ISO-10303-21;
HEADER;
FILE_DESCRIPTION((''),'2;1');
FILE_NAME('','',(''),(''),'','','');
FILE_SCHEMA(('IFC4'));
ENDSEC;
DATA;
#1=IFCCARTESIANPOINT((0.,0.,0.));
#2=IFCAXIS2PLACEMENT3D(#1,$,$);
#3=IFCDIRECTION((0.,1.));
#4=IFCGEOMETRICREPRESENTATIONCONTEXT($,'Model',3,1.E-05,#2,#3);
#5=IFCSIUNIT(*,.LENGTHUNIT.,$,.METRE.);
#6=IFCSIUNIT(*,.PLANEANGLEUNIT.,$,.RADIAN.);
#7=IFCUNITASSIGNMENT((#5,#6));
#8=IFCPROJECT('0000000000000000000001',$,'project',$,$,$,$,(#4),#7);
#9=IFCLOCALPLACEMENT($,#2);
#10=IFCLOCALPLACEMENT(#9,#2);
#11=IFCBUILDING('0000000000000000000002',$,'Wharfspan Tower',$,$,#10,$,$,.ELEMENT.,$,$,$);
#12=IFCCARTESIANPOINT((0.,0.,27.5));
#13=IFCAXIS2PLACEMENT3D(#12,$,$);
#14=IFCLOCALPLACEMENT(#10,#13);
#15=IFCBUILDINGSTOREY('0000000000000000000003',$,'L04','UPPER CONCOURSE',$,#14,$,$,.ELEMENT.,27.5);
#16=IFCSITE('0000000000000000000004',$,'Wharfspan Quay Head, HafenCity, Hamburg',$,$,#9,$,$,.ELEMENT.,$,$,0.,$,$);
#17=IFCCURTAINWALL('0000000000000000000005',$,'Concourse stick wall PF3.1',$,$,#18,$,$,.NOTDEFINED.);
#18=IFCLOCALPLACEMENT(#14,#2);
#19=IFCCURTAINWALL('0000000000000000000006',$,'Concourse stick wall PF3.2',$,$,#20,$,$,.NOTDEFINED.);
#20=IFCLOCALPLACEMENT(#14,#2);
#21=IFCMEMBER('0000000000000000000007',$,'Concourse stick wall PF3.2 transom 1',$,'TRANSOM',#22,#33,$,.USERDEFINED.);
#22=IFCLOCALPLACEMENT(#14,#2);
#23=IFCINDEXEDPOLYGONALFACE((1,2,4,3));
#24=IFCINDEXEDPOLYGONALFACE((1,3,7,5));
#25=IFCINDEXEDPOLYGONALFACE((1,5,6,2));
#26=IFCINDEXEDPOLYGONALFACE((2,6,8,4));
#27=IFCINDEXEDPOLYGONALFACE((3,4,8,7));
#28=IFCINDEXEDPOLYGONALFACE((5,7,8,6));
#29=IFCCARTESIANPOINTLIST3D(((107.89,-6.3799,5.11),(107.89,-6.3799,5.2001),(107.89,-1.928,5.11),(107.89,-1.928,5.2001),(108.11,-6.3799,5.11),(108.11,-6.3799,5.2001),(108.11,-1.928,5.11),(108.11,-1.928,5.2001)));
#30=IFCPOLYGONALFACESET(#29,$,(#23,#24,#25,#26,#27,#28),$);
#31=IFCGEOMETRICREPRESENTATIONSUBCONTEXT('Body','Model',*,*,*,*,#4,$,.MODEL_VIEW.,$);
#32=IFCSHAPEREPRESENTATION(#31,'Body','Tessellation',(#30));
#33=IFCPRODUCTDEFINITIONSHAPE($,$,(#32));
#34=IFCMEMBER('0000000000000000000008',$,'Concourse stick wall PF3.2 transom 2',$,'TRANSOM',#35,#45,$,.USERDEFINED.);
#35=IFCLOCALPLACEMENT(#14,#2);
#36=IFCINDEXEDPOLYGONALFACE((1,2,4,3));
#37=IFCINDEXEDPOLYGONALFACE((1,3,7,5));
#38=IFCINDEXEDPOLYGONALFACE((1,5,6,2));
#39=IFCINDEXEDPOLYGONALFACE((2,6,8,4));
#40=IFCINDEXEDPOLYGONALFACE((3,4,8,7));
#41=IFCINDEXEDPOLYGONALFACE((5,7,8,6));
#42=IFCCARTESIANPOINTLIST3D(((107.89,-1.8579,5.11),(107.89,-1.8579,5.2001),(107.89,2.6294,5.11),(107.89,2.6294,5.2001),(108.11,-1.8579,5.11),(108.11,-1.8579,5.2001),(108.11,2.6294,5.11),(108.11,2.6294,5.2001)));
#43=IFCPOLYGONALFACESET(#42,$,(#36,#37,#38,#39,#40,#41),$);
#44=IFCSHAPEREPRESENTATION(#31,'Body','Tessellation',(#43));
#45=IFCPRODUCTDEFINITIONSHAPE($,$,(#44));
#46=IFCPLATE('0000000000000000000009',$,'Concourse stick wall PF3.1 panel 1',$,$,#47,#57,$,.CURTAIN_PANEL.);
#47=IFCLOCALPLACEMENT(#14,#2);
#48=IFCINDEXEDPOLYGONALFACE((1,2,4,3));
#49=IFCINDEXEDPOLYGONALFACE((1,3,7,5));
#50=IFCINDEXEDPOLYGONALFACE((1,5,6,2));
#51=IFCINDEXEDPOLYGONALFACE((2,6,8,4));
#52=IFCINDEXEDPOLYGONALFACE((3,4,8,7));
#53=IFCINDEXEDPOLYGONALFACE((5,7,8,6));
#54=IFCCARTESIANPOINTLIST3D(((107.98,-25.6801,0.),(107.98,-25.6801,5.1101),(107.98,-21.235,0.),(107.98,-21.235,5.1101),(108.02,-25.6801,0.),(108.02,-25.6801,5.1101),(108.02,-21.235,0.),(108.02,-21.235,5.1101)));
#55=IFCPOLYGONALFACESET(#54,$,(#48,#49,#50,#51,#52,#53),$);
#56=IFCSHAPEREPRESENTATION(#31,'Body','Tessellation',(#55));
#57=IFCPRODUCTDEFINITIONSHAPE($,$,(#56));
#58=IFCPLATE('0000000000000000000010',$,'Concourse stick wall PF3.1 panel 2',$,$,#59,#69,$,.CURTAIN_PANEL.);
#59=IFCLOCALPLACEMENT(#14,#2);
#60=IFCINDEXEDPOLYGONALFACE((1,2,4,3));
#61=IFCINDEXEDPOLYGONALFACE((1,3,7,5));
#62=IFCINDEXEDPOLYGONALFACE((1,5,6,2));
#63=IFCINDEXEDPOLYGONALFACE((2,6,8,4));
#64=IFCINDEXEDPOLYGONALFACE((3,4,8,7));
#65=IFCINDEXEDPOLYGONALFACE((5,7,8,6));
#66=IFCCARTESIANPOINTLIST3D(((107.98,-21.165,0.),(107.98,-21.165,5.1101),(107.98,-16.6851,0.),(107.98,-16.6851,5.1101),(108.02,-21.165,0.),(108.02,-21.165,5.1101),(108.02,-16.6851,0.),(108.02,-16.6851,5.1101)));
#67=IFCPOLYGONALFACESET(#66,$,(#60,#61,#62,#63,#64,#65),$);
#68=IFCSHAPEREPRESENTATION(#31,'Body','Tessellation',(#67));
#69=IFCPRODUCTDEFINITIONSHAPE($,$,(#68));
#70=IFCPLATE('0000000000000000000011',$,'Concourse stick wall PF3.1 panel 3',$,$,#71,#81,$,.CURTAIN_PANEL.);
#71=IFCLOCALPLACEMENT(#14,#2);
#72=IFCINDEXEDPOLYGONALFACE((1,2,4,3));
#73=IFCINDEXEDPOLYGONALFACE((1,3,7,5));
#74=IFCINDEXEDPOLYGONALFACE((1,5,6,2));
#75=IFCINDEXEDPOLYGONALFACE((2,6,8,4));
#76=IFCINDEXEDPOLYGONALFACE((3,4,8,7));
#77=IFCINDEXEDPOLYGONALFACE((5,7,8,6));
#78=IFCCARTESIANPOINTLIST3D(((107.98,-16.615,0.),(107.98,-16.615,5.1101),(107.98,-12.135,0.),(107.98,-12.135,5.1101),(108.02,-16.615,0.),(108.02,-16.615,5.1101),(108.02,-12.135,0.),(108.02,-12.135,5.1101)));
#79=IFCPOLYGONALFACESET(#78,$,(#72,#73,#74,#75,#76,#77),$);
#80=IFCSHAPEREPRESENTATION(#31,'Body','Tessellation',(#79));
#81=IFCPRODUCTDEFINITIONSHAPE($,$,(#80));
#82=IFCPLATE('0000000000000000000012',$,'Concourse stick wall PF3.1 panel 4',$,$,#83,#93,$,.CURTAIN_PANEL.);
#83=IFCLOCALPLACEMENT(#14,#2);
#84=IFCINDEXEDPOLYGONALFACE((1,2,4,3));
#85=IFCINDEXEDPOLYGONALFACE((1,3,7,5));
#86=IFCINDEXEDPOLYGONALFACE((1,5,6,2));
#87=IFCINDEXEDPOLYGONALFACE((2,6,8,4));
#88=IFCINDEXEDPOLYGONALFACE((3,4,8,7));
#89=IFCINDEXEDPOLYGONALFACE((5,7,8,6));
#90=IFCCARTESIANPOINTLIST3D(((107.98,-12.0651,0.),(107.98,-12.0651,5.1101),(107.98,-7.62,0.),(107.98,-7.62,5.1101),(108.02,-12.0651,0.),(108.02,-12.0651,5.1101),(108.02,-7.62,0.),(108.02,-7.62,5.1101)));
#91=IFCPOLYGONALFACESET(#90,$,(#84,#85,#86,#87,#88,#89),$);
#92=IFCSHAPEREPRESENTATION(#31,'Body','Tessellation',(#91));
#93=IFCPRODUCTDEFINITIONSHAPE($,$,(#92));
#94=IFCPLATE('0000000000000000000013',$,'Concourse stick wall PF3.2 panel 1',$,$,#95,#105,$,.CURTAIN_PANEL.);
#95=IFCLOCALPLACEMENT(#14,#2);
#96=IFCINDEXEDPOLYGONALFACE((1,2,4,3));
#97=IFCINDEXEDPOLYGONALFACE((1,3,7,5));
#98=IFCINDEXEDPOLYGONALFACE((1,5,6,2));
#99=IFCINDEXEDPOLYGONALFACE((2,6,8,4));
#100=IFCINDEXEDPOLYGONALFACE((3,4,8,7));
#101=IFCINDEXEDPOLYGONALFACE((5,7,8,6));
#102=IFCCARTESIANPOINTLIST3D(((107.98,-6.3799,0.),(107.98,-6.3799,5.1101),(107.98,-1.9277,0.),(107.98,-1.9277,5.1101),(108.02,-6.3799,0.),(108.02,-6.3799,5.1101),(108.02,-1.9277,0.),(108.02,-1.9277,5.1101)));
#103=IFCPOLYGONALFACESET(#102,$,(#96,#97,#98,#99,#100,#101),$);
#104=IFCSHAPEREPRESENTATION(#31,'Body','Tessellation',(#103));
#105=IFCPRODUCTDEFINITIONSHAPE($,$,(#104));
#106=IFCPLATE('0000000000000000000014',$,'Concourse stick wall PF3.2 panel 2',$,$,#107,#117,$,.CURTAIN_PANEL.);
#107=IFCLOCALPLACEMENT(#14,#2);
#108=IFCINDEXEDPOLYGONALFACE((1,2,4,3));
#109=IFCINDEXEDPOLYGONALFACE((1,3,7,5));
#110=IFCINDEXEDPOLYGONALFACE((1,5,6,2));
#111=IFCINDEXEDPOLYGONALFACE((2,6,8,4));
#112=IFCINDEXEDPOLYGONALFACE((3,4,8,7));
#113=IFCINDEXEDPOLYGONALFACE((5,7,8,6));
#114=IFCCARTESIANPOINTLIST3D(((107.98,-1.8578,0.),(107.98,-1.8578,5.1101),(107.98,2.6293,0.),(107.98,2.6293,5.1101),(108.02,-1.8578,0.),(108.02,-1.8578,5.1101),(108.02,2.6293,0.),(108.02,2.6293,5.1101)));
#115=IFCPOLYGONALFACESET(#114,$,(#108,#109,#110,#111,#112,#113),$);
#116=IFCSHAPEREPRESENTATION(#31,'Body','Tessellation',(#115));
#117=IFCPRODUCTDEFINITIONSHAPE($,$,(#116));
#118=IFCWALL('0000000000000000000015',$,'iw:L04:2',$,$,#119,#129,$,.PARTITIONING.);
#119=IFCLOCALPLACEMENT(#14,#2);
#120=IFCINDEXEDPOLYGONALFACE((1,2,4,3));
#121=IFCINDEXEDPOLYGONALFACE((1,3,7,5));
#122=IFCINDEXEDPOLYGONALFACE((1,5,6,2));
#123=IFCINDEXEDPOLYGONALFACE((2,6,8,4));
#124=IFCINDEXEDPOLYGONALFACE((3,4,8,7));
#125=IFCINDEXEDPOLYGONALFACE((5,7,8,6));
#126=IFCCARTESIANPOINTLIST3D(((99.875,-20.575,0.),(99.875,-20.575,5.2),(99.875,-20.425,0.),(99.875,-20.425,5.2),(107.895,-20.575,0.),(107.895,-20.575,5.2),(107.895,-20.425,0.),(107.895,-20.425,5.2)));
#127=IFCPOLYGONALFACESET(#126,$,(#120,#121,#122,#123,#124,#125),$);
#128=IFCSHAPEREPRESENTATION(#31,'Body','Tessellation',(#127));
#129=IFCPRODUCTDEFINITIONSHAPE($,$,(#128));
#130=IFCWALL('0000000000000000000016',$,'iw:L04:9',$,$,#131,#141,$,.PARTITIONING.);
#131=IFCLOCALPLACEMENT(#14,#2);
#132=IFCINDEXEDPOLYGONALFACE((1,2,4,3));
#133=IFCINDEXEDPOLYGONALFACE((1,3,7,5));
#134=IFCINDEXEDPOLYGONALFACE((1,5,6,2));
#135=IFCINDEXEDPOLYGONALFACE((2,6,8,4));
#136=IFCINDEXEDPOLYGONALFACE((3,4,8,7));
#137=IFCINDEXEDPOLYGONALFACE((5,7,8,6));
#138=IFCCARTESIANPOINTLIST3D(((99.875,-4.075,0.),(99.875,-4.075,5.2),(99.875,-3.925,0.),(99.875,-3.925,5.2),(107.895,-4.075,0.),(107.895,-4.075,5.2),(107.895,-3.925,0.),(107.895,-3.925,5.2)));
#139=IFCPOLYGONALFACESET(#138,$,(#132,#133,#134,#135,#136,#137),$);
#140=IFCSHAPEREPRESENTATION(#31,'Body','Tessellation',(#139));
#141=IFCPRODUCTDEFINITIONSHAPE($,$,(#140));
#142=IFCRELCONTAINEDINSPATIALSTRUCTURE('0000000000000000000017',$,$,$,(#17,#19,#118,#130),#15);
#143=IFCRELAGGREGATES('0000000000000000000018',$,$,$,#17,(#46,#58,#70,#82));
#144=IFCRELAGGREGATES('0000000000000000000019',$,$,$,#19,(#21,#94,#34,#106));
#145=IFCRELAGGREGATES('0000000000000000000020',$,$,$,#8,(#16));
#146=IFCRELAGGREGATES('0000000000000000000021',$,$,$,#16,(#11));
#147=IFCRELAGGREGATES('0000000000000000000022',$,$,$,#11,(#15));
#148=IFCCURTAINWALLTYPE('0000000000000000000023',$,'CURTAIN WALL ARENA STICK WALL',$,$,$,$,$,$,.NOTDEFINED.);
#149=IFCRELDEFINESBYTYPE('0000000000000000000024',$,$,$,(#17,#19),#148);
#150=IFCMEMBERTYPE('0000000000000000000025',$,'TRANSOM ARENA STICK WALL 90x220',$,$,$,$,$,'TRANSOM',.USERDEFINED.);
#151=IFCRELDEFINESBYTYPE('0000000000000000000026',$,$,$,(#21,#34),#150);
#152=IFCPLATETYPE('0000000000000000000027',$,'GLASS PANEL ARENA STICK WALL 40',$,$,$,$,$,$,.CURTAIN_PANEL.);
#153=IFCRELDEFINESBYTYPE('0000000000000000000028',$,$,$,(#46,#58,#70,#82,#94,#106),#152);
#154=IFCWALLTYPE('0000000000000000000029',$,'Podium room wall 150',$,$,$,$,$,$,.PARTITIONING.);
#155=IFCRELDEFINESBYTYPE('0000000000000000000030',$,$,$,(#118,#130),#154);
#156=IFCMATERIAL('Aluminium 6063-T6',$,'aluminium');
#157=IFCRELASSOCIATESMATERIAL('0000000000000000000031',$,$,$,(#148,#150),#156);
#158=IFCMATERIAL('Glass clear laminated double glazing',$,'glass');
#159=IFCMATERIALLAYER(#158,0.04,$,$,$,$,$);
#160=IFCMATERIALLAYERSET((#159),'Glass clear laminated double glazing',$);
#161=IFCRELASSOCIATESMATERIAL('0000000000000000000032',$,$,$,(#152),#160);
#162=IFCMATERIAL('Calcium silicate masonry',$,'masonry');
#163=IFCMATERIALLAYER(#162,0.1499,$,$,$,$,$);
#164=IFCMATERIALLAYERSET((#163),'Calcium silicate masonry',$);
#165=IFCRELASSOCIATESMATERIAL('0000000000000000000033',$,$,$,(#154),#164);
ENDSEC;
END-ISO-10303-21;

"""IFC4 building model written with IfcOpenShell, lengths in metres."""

from ifc_helpers import new_model, si_unit, direction, frame, frame_2d, origin, origin_2d, place, context, subcontext, project, spatial, rectangle, extrude, material, layer, layer_set, material_profile, profile_set, type_object, element, aggregate, save


model = new_model("IFC4")

# Units and contexts
model_context = context("Model", 3, precision=1e-05, world=origin(), true_north=direction((0.0, 1.0)))
body_context = subcontext(model_context, "Body", "Model", "MODEL_VIEW")
ifc_project = project(units=[si_unit("LENGTHUNIT", "METRE"), si_unit("PLANEANGLEUNIT", "RADIAN")], contexts=[model_context])

# Site, building, storey
site_placement = place(None, origin())
site = spatial("IfcSite", under=ifc_project, at=site_placement, Name="Wharfspan Quay Head, HafenCity, Hamburg", CompositionType="ELEMENT", RefElevation=0.0)
building_placement = place(site_placement, origin())
building = spatial("IfcBuilding", under=site, at=building_placement, Name="Wharfspan Tower", CompositionType="ELEMENT")
storey_placement = place(building_placement, frame((0.0, 0.0, 27.5)))
storey = spatial("IfcBuildingStorey", under=building, at=storey_placement, Name="L04", Description="UPPER CONCOURSE", CompositionType="ELEMENT", Elevation=27.5)

# Curtain walls
ifc_material_1 = material(Name="Aluminium 6063-T6", Category="aluminium")
curtain_wall_type = type_object("IfcCurtainWallType", Name="CURTAIN WALL ARENA STICK WALL", PredefinedType="NOTDEFINED", material=ifc_material_1)
curtain_wall_1_placement = place(storey_placement, origin())
curtain_wall_1 = element("IfcCurtainWall", 1, at=curtain_wall_1_placement, inside=storey, type_object=curtain_wall_type, Name="Concourse stick wall PF3.1", PredefinedType="NOTDEFINED")
curtain_wall_2_placement = place(storey_placement, origin())
curtain_wall_2 = element("IfcCurtainWall", 2, at=curtain_wall_2_placement, inside=storey, type_object=curtain_wall_type, Name="Concourse stick wall PF3.2", PredefinedType="NOTDEFINED")

# Members
ifc_material_profile_1 = material_profile(ifc_material_1, rectangle(XDim=0.22, YDim=0.0901, at=origin_2d()))
ifc_profile_set_1 = profile_set([ifc_material_profile_1], Name="Aluminium 6063-T6")
member_type_1 = type_object("IfcMemberType", Name="TRANSOM ARENA STICK WALL 90x220", ElementType="TRANSOM", PredefinedType="USERDEFINED", material=ifc_profile_set_1)
member_1_placement = place(storey_placement, frame((108.0, -6.3799, 5.155), z_axis=(0.0, 1.0, 0.0), x_axis=(-1.0, 0.0, 0.0)))
member_1 = element("IfcMember", 3, at=member_1_placement, type_object=member_type_1, Name="Concourse stick wall PF3.2 transom 1", ObjectType="TRANSOM", PredefinedType="USERDEFINED", context=body_context, shape_type="SweptSolid", body=[
    extrude(rectangle(XDim=0.22, YDim=0.0901, at=origin_2d()), origin(), (0.0, 0.0, 1.0), 4.4519),
])
member_2_placement = place(storey_placement, frame((108.0, -1.8579, 5.155), z_axis=(0.0, 1.0, 0.0), x_axis=(-1.0, 0.0, 0.0)))
member_2 = element("IfcMember", 4, at=member_2_placement, type_object=member_type_1, Name="Concourse stick wall PF3.2 transom 2", ObjectType="TRANSOM", PredefinedType="USERDEFINED", context=body_context, shape_type="SweptSolid", body=[
    extrude(rectangle(XDim=0.22, YDim=0.0901, at=origin_2d()), origin(), (0.0, 0.0, 1.0), 4.4873),
])

# Plates
ifc_material_2 = material(Name="Glass clear laminated double glazing", Category="glass")
ifc_layer_1 = layer(ifc_material_2, 0.04)
ifc_layer_set_1 = layer_set([ifc_layer_1], Name="Glass clear laminated double glazing")
plate_type = type_object("IfcPlateType", Name="GLASS PANEL ARENA STICK WALL 40", PredefinedType="CURTAIN_PANEL", material=ifc_layer_set_1)
plate_1_placement = place(storey_placement, frame((108.0, -23.4575, 0.0), z_axis=(0.0, 0.0, 1.0), x_axis=(0.0, 1.0, 0.0)))
plate_1 = element("IfcPlate", 5, at=plate_1_placement, type_object=plate_type, Name="Concourse stick wall PF3.1 panel 1", PredefinedType="CURTAIN_PANEL", context=body_context, shape_type="SweptSolid", body=[
    extrude(rectangle(XDim=4.4451, YDim=0.04, at=origin_2d()), origin(), (0.0, 0.0, 1.0), 5.1101),
])
plate_2_placement = place(storey_placement, frame((108.0, -18.925, 0.0), z_axis=(0.0, 0.0, 1.0), x_axis=(0.0, 1.0, 0.0)))
plate_2 = element("IfcPlate", 6, at=plate_2_placement, type_object=plate_type, Name="Concourse stick wall PF3.1 panel 2", PredefinedType="CURTAIN_PANEL", context=body_context, shape_type="SweptSolid", body=[
    extrude(rectangle(XDim=4.48, YDim=0.04, at=origin_2d()), origin(), (0.0, 0.0, 1.0), 5.1101),
])
plate_3_placement = place(storey_placement, frame((108.0, -14.375, 0.0), z_axis=(0.0, 0.0, 1.0), x_axis=(0.0, 1.0, 0.0)))
plate_3 = element("IfcPlate", 7, at=plate_3_placement, type_object=plate_type, Name="Concourse stick wall PF3.1 panel 3", PredefinedType="CURTAIN_PANEL", context=body_context, shape_type="SweptSolid", body=[
    extrude(rectangle(XDim=4.48, YDim=0.04, at=origin_2d()), origin(), (0.0, 0.0, 1.0), 5.1101),
])
plate_4_placement = place(storey_placement, frame((108.0, -9.8425, 0.0), z_axis=(0.0, 0.0, 1.0), x_axis=(0.0, 1.0, 0.0)))
plate_4 = element("IfcPlate", 8, at=plate_4_placement, type_object=plate_type, Name="Concourse stick wall PF3.1 panel 4", PredefinedType="CURTAIN_PANEL", context=body_context, shape_type="SweptSolid", body=[
    extrude(rectangle(XDim=4.4451, YDim=0.04, at=origin_2d()), origin(), (0.0, 0.0, 1.0), 5.1101),
])
aggregate(curtain_wall_1, [plate_1, plate_2, plate_3, plate_4])
plate_5_placement = place(storey_placement, frame((108.0, -4.1538, 0.0), z_axis=(0.0, 0.0, 1.0), x_axis=(0.0, 1.0, 0.0)))
plate_5 = element("IfcPlate", 9, at=plate_5_placement, type_object=plate_type, Name="Concourse stick wall PF3.2 panel 1", PredefinedType="CURTAIN_PANEL", context=body_context, shape_type="SweptSolid", body=[
    extrude(rectangle(XDim=4.4521, YDim=0.04, at=origin_2d()), origin(), (0.0, 0.0, 1.0), 5.1101),
])
plate_6_placement = place(storey_placement, frame((108.0, 0.3857, 0.0), z_axis=(0.0, 0.0, 1.0), x_axis=(0.0, 1.0, 0.0)))
plate_6 = element("IfcPlate", 10, at=plate_6_placement, type_object=plate_type, Name="Concourse stick wall PF3.2 panel 2", PredefinedType="CURTAIN_PANEL", context=body_context, shape_type="SweptSolid", body=[
    extrude(rectangle(XDim=4.4871, YDim=0.04, at=origin_2d()), origin(), (0.0, 0.0, 1.0), 5.1101),
])
aggregate(curtain_wall_2, [member_1, plate_5, member_2, plate_6])

# Walls
ifc_material_3 = material(Name="Calcium silicate masonry", Category="masonry")
ifc_layer_2 = layer(ifc_material_3, 0.1499)
ifc_layer_set_2 = layer_set([ifc_layer_2], Name="Calcium silicate masonry")
wall_type_1 = type_object("IfcWallType", Name="Podium room wall 150", PredefinedType="PARTITIONING", material=ifc_layer_set_2)
for number, where, z_axis, x_axis, name in (
    (11, (99.875, -20.5, 0.0), (0.0, 0.0, 1.0), (1.0, 0.0, 0.0), "iw:L04:2"),
    (12, (99.875, -4.0, 0.0), (0.0, 0.0, 1.0), (1.0, 0.0, 0.0), "iw:L04:9"),
):
    element("IfcWall", number, at=place(storey_placement, frame(where, z_axis=z_axis, x_axis=x_axis)), inside=storey, type_object=wall_type_1, Name=name, PredefinedType="PARTITIONING", context=body_context, shape_type="SweptSolid", body=[
        extrude(rectangle(XDim=8.02, YDim=0.1499, at=frame_2d((4.01, 0.0))), origin(), (0.0, 0.0, 1.0), 5.2),
    ])

save(model, "model.ifc")
